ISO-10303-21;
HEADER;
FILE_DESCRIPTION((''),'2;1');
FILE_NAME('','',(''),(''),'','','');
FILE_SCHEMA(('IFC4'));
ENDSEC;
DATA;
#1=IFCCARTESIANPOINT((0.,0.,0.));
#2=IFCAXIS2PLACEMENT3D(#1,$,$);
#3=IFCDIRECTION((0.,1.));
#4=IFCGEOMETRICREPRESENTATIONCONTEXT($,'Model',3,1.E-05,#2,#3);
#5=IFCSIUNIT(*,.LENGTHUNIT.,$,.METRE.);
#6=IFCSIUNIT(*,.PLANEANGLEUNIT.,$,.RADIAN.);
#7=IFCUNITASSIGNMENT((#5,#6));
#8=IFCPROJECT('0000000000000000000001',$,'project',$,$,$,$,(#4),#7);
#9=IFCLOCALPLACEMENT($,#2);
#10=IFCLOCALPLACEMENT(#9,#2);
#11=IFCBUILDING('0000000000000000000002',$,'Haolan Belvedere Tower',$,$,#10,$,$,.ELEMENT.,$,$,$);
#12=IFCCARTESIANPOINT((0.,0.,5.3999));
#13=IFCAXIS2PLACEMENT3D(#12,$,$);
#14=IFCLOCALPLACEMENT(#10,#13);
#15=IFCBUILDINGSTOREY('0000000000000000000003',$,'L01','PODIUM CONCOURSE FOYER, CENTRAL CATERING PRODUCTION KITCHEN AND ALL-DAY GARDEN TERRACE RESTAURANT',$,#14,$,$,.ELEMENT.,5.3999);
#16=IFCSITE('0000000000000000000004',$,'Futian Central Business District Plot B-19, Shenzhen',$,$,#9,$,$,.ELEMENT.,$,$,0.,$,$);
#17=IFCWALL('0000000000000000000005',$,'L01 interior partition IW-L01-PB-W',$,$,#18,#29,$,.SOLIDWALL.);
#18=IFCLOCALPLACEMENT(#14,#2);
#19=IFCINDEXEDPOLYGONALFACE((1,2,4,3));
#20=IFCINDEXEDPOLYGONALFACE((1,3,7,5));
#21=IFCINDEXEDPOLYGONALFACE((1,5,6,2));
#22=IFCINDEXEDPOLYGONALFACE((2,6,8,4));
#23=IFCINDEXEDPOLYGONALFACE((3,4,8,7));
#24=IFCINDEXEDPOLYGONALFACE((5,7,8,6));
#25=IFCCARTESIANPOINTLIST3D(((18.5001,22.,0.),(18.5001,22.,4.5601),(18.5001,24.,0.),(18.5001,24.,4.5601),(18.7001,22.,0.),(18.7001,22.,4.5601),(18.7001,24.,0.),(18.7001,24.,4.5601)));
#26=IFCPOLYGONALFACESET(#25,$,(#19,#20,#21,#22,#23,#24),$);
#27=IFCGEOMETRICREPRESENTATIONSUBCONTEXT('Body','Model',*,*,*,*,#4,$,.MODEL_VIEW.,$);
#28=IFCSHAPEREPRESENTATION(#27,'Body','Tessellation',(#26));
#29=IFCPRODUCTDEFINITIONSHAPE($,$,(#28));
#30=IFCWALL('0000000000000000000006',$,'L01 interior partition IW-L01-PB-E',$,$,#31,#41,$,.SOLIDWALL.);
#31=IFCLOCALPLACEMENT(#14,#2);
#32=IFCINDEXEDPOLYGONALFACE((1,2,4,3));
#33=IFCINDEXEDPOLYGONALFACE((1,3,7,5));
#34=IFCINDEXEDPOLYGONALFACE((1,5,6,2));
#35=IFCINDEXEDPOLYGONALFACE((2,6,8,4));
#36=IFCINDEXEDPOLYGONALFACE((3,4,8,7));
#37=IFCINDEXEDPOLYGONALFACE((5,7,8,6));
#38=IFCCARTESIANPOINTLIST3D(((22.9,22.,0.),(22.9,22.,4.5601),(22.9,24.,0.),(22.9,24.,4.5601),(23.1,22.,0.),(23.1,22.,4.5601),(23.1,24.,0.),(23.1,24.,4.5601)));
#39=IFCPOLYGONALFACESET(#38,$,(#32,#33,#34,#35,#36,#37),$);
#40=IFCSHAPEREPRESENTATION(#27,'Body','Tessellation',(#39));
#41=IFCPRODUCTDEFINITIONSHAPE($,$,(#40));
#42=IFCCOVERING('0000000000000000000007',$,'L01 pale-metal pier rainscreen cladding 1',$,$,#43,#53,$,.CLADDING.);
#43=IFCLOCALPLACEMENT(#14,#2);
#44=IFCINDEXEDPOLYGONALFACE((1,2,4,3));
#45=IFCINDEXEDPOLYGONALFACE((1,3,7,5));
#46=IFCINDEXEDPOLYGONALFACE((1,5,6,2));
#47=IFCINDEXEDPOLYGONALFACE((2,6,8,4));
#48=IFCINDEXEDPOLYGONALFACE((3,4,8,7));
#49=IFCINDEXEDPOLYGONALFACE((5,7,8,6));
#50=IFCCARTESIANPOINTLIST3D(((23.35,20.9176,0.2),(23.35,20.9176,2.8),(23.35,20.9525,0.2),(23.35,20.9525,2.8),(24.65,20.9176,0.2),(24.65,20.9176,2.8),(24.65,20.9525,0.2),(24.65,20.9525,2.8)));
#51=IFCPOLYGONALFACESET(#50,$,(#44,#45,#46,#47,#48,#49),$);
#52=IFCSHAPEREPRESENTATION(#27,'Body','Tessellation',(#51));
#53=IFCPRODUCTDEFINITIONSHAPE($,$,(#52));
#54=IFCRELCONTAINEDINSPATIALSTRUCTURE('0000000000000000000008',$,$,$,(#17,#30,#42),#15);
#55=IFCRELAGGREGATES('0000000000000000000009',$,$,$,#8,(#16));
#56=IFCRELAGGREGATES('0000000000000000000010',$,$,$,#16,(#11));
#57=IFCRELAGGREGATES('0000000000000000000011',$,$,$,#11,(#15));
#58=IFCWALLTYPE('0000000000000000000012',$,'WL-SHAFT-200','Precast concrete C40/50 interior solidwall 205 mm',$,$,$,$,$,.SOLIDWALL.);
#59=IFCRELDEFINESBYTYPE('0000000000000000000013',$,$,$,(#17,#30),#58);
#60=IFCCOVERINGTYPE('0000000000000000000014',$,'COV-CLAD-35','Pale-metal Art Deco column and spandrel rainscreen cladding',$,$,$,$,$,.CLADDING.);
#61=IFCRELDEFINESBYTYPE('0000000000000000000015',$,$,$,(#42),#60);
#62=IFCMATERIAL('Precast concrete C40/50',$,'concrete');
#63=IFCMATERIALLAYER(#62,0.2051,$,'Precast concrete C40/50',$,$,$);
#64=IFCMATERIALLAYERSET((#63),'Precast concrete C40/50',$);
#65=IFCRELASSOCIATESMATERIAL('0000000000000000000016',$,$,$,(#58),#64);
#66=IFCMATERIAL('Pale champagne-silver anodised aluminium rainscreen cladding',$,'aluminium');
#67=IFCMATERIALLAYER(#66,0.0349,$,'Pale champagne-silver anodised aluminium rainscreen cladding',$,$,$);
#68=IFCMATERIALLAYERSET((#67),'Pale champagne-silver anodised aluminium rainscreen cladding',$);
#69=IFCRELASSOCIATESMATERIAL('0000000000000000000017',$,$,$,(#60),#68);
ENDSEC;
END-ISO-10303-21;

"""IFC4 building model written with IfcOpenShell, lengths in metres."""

from ifc_helpers import new_model, si_unit, direction, frame, frame_2d, origin, origin_2d, place, context, subcontext, project, spatial, rectangle, extrude, material, layer, layer_set, type_object, element, save


model = new_model("IFC4")

# Units and contexts
model_context = context("Model", 3, precision=1e-05, world=origin(), true_north=direction((0.0, 1.0)))
body_context = subcontext(model_context, "Body", "Model", "MODEL_VIEW")
ifc_project = project(units=[si_unit("LENGTHUNIT", "METRE"), si_unit("PLANEANGLEUNIT", "RADIAN")], contexts=[model_context])

# Site, building, storey
site_placement = place(None, origin())
site = spatial("IfcSite", under=ifc_project, at=site_placement, Name="Futian Central Business District Plot B-19, Shenzhen", CompositionType="ELEMENT", RefElevation=0.0)
building_placement = place(site_placement, origin())
building = spatial("IfcBuilding", under=site, at=building_placement, Name="Haolan Belvedere Tower", CompositionType="ELEMENT")
storey_placement = place(building_placement, frame((0.0, 0.0, 5.3999)))
storey = spatial("IfcBuildingStorey", under=building, at=storey_placement, Name="L01", Description="PODIUM CONCOURSE FOYER, CENTRAL CATERING PRODUCTION KITCHEN AND ALL-DAY GARDEN TERRACE RESTAURANT", CompositionType="ELEMENT", Elevation=5.3999)

# Walls
ifc_material_1 = material(Name="Precast concrete C40/50", Category="concrete")
ifc_layer_1 = layer(ifc_material_1, 0.2051, Name="Precast concrete C40/50")
ifc_layer_set_1 = layer_set([ifc_layer_1], Name="Precast concrete C40/50")
wall_type_1 = type_object("IfcWallType", Name="WL-SHAFT-200", Description="Precast concrete C40/50 interior solidwall 205 mm", PredefinedType="SOLIDWALL", material=ifc_layer_set_1)
for number, where, z_axis, x_axis, name in (
    (1, (18.6001, 22.0, 0.0), (0.0, 0.0, 1.0), (0.0, 1.0, 0.0), "L01 interior partition IW-L01-PB-W"),
    (2, (23.0, 22.0, 0.0), (0.0, 0.0, 1.0), (0.0, 1.0, 0.0), "L01 interior partition IW-L01-PB-E"),
):
    element("IfcWall", number, at=place(storey_placement, frame(where, z_axis=z_axis, x_axis=x_axis)), inside=storey, type_object=wall_type_1, Name=name, PredefinedType="SOLIDWALL", context=body_context, shape_type="SweptSolid", body=[
        extrude(rectangle(XDim=2.0, YDim=0.2, at=frame_2d((1.0, 0.0))), origin(), (0.0, 0.0, 1.0), 4.5601),
    ])

# Covering
ifc_material_2 = material(Name="Pale champagne-silver anodised aluminium rainscreen cladding", Category="aluminium")
ifc_layer_2 = layer(ifc_material_2, 0.0349, Name="Pale champagne-silver anodised aluminium rainscreen cladding")
ifc_layer_set_2 = layer_set([ifc_layer_2], Name="Pale champagne-silver anodised aluminium rainscreen cladding")
covering_type = type_object("IfcCoveringType", Name="COV-CLAD-35", Description="Pale-metal Art Deco column and spandrel rainscreen cladding", PredefinedType="CLADDING", material=ifc_layer_set_2)
covering_placement = place(storey_placement, frame((24.0, 20.9351, 0.2), z_axis=(0.0, 0.0, 1.0), x_axis=(1.0, 0.0, 0.0)))
element("IfcCovering", 3, at=covering_placement, inside=storey, type_object=covering_type, Name="L01 pale-metal pier rainscreen cladding 1", PredefinedType="CLADDING", context=body_context, shape_type="SweptSolid", body=[
    extrude(rectangle(XDim=1.3, YDim=0.0349, at=origin_2d()), origin(), (0.0, 0.0, 1.0), 2.6001),
])

save(model, "model.ifc")
